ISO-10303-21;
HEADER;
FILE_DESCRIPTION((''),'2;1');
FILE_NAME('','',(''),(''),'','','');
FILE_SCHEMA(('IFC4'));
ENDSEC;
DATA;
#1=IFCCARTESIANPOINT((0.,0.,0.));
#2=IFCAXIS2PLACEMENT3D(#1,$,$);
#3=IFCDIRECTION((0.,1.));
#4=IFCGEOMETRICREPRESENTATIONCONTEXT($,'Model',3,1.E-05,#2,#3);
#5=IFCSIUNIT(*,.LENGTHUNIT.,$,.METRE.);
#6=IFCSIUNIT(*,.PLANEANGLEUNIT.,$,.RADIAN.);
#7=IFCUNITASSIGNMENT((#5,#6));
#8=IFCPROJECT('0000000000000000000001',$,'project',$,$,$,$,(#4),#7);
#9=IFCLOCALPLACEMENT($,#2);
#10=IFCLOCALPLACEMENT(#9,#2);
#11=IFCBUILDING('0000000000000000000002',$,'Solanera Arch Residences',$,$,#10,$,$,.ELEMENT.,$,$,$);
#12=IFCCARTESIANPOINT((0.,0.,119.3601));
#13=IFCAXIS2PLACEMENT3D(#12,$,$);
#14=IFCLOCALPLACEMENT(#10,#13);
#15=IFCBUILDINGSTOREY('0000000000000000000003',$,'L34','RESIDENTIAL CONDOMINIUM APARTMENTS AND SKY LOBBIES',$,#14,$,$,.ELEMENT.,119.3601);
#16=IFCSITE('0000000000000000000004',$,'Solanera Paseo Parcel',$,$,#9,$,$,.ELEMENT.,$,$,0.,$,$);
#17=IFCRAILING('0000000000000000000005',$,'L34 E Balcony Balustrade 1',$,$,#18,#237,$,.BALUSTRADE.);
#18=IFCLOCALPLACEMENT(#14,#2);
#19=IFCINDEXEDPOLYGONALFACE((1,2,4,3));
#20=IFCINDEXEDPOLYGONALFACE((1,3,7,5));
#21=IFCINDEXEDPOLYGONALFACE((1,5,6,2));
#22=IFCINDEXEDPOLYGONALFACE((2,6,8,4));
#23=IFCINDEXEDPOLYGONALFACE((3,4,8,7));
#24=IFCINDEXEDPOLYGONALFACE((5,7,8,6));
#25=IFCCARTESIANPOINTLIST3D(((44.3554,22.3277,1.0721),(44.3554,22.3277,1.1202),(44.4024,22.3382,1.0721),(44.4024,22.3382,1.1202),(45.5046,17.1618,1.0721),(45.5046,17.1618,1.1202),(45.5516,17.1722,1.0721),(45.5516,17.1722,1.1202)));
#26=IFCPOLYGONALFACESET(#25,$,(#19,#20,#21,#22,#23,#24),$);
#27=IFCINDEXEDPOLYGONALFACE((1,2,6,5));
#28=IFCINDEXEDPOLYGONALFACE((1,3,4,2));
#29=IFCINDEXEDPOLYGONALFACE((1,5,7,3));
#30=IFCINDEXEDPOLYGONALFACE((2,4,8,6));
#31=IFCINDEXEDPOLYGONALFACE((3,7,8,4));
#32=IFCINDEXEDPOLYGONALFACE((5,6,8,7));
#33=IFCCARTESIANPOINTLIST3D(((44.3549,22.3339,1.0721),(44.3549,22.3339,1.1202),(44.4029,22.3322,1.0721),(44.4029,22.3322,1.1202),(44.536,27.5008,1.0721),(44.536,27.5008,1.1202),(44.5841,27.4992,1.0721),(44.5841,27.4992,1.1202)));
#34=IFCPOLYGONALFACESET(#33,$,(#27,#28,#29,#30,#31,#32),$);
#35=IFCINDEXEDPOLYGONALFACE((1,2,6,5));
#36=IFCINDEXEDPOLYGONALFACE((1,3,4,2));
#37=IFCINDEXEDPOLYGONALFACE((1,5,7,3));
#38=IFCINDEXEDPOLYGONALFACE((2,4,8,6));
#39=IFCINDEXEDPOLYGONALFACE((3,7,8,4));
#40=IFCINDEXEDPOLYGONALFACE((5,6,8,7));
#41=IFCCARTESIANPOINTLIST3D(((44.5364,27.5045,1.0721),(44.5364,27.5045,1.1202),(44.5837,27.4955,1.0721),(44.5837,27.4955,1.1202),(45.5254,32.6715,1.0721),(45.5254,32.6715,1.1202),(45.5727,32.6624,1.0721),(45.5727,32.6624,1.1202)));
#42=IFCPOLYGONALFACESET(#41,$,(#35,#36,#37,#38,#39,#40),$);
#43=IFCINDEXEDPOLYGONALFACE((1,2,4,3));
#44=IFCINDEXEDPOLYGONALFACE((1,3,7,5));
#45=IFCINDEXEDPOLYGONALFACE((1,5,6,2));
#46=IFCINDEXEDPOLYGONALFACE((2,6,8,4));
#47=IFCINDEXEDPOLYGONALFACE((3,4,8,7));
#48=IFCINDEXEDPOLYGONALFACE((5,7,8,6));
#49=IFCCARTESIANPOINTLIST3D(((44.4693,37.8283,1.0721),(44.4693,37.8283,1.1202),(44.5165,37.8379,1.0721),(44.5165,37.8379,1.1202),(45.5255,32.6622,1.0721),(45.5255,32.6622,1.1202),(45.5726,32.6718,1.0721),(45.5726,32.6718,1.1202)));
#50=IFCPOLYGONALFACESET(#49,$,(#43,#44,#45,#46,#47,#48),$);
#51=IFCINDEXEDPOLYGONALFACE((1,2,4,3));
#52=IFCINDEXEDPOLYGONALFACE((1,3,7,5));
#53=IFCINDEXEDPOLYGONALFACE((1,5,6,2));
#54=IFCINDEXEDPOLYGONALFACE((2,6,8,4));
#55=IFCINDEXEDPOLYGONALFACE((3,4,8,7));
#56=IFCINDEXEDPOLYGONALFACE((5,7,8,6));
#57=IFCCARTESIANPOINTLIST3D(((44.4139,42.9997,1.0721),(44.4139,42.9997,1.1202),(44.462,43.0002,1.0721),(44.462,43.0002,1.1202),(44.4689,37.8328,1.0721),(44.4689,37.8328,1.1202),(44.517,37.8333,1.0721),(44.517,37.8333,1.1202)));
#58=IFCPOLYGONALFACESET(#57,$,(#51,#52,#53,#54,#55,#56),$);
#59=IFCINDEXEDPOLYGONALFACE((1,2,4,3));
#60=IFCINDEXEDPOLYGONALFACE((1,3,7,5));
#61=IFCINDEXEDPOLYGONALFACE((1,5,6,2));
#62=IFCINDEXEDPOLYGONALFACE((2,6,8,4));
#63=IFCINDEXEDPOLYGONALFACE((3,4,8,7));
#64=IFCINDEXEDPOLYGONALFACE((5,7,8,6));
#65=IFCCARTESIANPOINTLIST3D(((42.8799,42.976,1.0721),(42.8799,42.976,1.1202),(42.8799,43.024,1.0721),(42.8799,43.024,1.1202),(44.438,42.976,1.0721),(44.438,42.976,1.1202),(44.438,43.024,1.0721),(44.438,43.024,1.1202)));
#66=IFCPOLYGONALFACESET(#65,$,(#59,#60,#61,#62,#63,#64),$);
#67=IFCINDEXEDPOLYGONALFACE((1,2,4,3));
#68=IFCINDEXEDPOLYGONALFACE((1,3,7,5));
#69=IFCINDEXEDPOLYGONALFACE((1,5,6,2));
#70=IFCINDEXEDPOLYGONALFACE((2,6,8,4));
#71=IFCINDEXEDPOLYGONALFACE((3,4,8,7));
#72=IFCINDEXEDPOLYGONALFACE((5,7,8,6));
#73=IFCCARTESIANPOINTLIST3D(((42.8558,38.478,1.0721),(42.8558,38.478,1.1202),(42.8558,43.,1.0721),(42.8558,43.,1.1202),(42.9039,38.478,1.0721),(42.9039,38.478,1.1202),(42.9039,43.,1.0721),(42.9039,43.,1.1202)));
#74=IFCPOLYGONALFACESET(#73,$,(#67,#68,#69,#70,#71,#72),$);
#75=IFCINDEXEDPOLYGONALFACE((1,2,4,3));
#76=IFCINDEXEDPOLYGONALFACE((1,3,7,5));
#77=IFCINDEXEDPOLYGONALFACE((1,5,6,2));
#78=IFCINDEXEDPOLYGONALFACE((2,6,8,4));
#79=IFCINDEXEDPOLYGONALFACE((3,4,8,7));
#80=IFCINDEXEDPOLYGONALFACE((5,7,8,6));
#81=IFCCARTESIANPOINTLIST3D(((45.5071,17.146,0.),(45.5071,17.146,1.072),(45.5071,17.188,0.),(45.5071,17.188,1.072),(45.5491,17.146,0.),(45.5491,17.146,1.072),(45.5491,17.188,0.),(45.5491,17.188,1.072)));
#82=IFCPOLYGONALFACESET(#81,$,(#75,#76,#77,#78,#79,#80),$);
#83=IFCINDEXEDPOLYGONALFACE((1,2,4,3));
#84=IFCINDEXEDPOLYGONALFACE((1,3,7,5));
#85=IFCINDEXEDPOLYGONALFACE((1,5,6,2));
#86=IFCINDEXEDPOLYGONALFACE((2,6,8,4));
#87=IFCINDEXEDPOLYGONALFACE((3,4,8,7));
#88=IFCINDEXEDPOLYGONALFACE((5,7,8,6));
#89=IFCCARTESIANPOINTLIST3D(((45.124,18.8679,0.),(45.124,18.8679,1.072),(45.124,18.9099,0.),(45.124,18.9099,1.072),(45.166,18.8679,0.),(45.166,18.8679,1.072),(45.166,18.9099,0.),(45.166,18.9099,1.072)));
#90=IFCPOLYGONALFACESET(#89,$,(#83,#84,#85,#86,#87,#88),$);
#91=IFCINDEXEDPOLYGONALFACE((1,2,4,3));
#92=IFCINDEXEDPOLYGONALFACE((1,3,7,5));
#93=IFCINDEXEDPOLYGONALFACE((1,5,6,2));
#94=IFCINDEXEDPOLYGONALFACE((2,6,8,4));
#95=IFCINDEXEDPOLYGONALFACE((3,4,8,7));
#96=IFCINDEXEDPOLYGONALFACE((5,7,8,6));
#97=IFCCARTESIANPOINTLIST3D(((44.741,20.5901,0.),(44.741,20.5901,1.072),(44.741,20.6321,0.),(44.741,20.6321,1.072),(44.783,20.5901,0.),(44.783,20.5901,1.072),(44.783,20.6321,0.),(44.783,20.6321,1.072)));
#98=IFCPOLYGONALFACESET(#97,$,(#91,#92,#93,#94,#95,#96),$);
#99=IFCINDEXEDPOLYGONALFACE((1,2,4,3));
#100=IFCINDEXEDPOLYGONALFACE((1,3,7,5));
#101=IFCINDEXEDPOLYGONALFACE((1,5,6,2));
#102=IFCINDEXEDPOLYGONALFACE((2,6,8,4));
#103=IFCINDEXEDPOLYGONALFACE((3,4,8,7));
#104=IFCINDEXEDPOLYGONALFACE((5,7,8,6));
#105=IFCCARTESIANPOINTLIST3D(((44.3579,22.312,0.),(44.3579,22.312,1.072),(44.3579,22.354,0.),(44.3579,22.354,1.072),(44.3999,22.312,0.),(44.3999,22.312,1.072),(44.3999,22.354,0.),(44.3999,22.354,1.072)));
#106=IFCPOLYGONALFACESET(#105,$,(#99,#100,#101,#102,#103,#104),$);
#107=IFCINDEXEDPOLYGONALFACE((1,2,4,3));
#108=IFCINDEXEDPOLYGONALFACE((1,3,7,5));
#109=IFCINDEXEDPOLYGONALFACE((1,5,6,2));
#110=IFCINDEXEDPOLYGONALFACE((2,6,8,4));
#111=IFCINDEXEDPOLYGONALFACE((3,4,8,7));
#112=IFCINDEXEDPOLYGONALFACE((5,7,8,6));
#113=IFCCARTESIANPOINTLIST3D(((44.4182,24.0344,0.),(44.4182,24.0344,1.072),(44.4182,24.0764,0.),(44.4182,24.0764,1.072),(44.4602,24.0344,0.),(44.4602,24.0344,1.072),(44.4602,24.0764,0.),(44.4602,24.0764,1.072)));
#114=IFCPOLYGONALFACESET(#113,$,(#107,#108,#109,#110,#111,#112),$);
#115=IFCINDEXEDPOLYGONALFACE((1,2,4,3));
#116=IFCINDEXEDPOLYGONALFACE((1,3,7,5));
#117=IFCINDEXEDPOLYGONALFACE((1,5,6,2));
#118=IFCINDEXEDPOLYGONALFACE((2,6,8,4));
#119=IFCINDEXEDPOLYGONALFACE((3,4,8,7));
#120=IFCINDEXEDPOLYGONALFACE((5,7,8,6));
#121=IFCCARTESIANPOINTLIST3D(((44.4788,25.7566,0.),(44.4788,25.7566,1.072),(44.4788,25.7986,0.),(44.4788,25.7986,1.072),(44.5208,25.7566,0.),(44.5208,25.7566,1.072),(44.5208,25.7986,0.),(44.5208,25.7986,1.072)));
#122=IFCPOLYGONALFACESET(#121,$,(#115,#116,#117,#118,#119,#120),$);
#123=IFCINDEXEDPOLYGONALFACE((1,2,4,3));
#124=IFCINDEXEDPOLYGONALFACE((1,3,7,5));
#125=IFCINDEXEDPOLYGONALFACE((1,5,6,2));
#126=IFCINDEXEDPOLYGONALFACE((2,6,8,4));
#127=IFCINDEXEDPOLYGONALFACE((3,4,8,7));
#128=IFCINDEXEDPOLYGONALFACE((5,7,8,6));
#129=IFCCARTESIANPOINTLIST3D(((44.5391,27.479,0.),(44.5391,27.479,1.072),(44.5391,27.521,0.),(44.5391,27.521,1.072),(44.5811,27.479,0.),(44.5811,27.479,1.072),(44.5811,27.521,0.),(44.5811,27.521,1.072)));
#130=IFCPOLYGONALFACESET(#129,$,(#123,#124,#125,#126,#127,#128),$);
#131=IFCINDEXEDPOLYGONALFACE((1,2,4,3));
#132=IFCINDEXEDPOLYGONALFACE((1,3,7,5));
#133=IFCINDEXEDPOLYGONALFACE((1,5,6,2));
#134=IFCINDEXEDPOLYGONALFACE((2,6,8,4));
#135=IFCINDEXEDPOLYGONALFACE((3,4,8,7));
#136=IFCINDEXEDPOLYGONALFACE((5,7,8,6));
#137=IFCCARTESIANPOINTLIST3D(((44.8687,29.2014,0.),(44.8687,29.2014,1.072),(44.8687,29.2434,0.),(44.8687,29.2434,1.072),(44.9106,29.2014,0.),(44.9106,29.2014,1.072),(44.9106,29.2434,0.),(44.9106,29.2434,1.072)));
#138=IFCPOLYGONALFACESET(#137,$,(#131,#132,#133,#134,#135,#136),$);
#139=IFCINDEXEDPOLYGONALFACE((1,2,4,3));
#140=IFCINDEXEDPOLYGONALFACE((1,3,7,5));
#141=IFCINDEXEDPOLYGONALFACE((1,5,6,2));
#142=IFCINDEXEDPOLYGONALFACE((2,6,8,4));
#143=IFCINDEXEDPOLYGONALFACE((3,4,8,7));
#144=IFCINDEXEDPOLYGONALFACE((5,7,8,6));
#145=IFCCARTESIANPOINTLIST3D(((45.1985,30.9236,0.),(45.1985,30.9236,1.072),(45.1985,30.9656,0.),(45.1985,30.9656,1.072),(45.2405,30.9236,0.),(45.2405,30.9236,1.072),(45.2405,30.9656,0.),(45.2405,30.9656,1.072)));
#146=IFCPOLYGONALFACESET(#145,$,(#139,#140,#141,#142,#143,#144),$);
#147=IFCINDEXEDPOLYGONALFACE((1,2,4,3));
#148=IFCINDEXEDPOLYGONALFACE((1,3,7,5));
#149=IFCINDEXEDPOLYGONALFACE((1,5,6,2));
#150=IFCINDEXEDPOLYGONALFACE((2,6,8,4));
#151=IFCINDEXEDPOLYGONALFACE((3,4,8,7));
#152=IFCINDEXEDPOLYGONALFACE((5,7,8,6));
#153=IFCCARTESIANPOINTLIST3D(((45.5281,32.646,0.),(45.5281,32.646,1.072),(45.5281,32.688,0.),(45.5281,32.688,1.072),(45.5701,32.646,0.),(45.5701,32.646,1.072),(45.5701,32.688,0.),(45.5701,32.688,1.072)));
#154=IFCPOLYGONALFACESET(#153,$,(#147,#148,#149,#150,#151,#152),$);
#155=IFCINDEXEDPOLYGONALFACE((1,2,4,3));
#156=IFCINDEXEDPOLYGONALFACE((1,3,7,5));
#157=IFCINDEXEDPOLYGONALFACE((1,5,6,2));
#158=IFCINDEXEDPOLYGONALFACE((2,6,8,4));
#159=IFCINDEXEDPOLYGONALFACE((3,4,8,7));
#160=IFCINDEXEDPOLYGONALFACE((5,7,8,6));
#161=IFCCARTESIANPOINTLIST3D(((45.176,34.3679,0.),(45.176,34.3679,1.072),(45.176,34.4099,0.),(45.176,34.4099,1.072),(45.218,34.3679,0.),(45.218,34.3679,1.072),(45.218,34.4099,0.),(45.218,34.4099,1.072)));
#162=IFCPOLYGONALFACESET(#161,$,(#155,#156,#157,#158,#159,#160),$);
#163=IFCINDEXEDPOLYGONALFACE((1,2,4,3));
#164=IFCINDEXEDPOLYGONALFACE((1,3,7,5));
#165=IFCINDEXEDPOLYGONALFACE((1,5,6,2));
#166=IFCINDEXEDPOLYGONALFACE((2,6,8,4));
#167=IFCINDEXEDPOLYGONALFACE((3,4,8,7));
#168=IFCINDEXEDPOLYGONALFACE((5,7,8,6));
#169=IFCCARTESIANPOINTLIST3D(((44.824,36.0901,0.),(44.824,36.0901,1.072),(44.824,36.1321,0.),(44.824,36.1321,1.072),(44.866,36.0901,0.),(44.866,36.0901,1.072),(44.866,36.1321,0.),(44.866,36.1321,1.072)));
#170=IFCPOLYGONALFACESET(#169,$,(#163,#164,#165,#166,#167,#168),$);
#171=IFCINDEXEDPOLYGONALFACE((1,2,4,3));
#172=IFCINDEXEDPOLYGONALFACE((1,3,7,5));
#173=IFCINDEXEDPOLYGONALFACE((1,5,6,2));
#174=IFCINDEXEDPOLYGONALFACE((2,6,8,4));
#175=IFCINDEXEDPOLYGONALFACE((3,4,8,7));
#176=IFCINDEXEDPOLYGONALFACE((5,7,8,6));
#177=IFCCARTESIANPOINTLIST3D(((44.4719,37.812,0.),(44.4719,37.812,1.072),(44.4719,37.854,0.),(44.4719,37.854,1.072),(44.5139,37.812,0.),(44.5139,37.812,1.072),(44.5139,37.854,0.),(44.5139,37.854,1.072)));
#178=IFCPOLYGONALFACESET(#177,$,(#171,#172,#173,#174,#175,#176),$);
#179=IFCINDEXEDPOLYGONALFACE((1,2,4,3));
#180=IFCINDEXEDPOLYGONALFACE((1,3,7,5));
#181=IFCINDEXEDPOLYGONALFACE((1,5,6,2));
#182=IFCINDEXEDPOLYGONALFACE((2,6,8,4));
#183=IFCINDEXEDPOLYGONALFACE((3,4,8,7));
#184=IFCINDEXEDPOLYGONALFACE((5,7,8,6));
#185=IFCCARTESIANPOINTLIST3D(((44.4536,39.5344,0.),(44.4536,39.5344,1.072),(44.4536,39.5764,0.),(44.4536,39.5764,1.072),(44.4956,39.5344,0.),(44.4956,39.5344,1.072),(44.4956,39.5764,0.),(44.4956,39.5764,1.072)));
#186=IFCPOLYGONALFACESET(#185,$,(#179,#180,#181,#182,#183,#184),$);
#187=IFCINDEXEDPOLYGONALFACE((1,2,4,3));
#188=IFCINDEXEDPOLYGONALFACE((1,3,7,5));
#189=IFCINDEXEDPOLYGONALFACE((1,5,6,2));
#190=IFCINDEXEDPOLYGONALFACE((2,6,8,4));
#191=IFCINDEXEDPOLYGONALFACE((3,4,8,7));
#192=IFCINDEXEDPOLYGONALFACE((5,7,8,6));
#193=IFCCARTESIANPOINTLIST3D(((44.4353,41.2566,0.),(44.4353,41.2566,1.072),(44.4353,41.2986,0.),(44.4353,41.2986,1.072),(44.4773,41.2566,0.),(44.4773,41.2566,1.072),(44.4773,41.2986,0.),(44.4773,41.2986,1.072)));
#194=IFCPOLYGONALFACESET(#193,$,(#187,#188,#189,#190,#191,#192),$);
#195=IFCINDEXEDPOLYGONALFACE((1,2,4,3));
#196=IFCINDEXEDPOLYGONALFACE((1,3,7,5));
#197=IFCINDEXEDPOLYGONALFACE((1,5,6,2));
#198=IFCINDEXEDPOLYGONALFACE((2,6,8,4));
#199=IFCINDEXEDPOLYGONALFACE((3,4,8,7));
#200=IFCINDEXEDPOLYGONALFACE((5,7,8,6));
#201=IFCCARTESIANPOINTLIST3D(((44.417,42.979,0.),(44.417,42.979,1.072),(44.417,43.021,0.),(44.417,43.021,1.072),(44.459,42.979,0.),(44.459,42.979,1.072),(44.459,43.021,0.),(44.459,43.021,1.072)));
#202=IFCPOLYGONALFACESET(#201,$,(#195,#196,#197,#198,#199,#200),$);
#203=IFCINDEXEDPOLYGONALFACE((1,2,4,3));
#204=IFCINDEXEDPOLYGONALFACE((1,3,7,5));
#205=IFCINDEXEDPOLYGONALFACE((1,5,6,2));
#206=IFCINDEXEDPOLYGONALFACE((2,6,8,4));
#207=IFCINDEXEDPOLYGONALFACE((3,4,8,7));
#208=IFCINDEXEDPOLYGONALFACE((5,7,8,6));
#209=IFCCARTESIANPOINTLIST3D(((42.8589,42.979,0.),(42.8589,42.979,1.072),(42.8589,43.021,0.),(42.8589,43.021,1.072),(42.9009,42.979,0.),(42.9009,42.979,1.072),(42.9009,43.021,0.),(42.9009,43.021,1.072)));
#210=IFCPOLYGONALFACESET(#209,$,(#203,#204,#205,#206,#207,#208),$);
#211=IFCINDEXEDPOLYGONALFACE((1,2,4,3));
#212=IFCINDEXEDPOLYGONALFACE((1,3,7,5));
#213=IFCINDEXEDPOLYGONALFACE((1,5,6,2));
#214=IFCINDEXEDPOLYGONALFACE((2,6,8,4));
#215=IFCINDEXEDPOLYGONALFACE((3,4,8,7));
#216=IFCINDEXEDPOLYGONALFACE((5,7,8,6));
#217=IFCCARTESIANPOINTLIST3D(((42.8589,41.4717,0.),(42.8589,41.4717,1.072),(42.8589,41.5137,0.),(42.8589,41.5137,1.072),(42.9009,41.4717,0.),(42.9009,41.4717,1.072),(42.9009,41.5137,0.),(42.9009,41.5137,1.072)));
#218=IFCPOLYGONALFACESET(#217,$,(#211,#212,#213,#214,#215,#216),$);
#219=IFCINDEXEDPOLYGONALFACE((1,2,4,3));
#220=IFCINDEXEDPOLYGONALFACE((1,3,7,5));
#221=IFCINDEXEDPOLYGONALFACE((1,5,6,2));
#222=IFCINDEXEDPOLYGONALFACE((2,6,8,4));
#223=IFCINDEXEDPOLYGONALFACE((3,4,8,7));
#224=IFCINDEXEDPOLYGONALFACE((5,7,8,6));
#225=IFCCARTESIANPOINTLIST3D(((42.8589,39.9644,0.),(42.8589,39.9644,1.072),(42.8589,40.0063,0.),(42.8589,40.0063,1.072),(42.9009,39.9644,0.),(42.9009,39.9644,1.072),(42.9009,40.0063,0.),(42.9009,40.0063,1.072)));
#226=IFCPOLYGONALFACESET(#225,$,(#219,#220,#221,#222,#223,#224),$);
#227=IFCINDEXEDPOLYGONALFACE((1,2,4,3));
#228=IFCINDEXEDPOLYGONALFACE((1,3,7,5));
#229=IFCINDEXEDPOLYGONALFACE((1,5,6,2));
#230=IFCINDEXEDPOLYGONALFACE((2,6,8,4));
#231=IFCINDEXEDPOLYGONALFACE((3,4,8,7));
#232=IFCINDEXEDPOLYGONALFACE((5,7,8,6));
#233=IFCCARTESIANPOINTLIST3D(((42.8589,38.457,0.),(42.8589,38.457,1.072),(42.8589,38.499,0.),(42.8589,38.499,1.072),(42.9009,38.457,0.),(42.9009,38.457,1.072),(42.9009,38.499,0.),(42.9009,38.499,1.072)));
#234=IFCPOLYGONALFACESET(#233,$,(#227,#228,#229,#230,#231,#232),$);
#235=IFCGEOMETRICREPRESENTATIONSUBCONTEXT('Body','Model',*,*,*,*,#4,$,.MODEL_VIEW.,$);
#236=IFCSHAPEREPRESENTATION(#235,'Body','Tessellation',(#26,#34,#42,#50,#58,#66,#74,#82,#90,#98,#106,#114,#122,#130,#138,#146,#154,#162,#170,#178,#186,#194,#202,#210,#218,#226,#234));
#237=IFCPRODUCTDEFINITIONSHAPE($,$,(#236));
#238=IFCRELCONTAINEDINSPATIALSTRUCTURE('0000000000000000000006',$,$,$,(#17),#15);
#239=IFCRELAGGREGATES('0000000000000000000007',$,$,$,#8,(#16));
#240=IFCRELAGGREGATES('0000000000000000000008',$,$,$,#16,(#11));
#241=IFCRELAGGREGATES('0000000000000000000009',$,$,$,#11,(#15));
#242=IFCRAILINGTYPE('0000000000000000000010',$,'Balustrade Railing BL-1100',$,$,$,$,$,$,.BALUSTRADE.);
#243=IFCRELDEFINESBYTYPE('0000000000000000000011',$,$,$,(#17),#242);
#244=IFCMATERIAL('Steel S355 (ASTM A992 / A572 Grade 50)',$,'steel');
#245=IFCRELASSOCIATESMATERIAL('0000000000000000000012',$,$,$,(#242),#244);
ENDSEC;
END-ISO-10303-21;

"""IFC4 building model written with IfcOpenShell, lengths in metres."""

from ifc_helpers import new_model, si_unit, direction, frame, origin, origin_2d, place, context, subcontext, project, spatial, rectangle, extrude, material, type_object, element, save


model = new_model("IFC4")

# Units and contexts
model_context = context("Model", 3, precision=1e-05, world=origin(), true_north=direction((0.0, 1.0)))
body_context = subcontext(model_context, "Body", "Model", "MODEL_VIEW")
ifc_project = project(units=[si_unit("LENGTHUNIT", "METRE"), si_unit("PLANEANGLEUNIT", "RADIAN")], contexts=[model_context])

# Site, building, storey
site_placement = place(None, origin())
site = spatial("IfcSite", under=ifc_project, at=site_placement, Name="Solanera Paseo Parcel", CompositionType="ELEMENT", RefElevation=0.0)
building_placement = place(site_placement, origin())
building = spatial("IfcBuilding", under=site, at=building_placement, Name="Solanera Arch Residences", CompositionType="ELEMENT")
storey_placement = place(building_placement, frame((0.0, 0.0, 119.3601)))
storey = spatial("IfcBuildingStorey", under=building, at=storey_placement, Name="L34", Description="RESIDENTIAL CONDOMINIUM APARTMENTS AND SKY LOBBIES", CompositionType="ELEMENT", Elevation=119.3601)

# Railing
ifc_material_1 = material(Name="Steel S355 (ASTM A992 / A572 Grade 50)", Category="steel")
railing_type = type_object("IfcRailingType", Name="Balustrade Railing BL-1100", PredefinedType="BALUSTRADE", material=ifc_material_1)
railing_1_placement = place(storey_placement, frame((45.5281, 17.167, 0.0)))
element("IfcRailing", 1, at=railing_1_placement, inside=storey, type_object=railing_type, Name="L34 E Balcony Balustrade 1", PredefinedType="BALUSTRADE", context=body_context, shape_type="SweptSolid", body=[
    extrude(rectangle(XDim=0.0481, YDim=0.0481, at=origin_2d()), frame((0.0, 0.0, 1.0962), z_axis=(-0.21714, 0.97614, 0.0), x_axis=(-0.97614, -0.21714, 0.0)), (0.0, 0.0, 1.0), 5.2922),
    extrude(rectangle(XDim=0.0481, YDim=0.0481, at=origin_2d()), frame((-1.1492, 5.166, 1.0962), z_axis=(0.035038, 0.999386, 0.0), x_axis=(-0.999386, 0.035038, 0.0)), (0.0, 0.0, 1.0), 5.1702),
    extrude(rectangle(XDim=0.0481, YDim=0.0481, at=origin_2d()), frame((-0.968, 10.333, 1.0962), z_axis=(0.187997, 0.98217, 0.0), x_axis=(-0.98217, 0.187997, 0.0)), (0.0, 0.0, 1.0), 5.2607),
    extrude(rectangle(XDim=0.0481, YDim=0.0481, at=origin_2d()), frame((0.021, 15.5, 1.0962), z_axis=(-0.200299, 0.979735, 0.0), x_axis=(-0.979735, -0.200299, 0.0)), (0.0, 0.0, 1.0), 5.2729),
    extrude(rectangle(XDim=0.0481, YDim=0.0481, at=origin_2d()), frame((-1.0352, 20.666, 1.0962), z_axis=(-0.010631, 0.999943, 0.0), x_axis=(-0.999943, -0.010631, 0.0)), (0.0, 0.0, 1.0), 5.1672),
    extrude(rectangle(XDim=0.0481, YDim=0.0481, at=origin_2d()), frame((-1.0901, 25.833, 1.0962), z_axis=(-1.0, 0.0, 0.0), x_axis=(0.0, -1.0, 0.0)), (0.0, 0.0, 1.0), 1.5581),
    extrude(rectangle(XDim=0.0481, YDim=0.0481, at=origin_2d()), frame((-2.6482, 25.833, 1.0962), z_axis=(0.0, -1.0, 0.0), x_axis=(1.0, 0.0, 0.0)), (0.0, 0.0, 1.0), 4.522),
    extrude(rectangle(XDim=0.042, YDim=0.042, at=origin_2d()), origin(), (0.0, 0.0, 1.0), 1.072),
    extrude(rectangle(XDim=0.042, YDim=0.042, at=origin_2d()), frame((-0.3831, 1.7219, 0.0)), (0.0, 0.0, 1.0), 1.072),
    extrude(rectangle(XDim=0.042, YDim=0.042, at=origin_2d()), frame((-0.7661, 3.4441, 0.0)), (0.0, 0.0, 1.0), 1.072),
    extrude(rectangle(XDim=0.042, YDim=0.042, at=origin_2d()), frame((-1.1492, 5.166, 0.0)), (0.0, 0.0, 1.0), 1.072),
    extrude(rectangle(XDim=0.042, YDim=0.042, at=origin_2d()), frame((-1.0889, 6.8884, 0.0)), (0.0, 0.0, 1.0), 1.072),
    extrude(rectangle(XDim=0.042, YDim=0.042, at=origin_2d()), frame((-1.0283, 8.6106, 0.0)), (0.0, 0.0, 1.0), 1.072),
    extrude(rectangle(XDim=0.042, YDim=0.042, at=origin_2d()), frame((-0.968, 10.333, 0.0)), (0.0, 0.0, 1.0), 1.072),
    extrude(rectangle(XDim=0.042, YDim=0.042, at=origin_2d()), frame((-0.6384, 12.0554, 0.0)), (0.0, 0.0, 1.0), 1.072),
    extrude(rectangle(XDim=0.042, YDim=0.042, at=origin_2d()), frame((-0.3086, 13.7776, 0.0)), (0.0, 0.0, 1.0), 1.072),
    extrude(rectangle(XDim=0.042, YDim=0.042, at=origin_2d()), frame((0.021, 15.5, 0.0)), (0.0, 0.0, 1.0), 1.072),
    extrude(rectangle(XDim=0.042, YDim=0.042, at=origin_2d()), frame((-0.3311, 17.2219, 0.0)), (0.0, 0.0, 1.0), 1.072),
    extrude(rectangle(XDim=0.042, YDim=0.042, at=origin_2d()), frame((-0.6831, 18.9441, 0.0)), (0.0, 0.0, 1.0), 1.072),
    extrude(rectangle(XDim=0.042, YDim=0.042, at=origin_2d()), frame((-1.0352, 20.666, 0.0)), (0.0, 0.0, 1.0), 1.072),
    extrude(rectangle(XDim=0.042, YDim=0.042, at=origin_2d()), frame((-1.0535, 22.3884, 0.0)), (0.0, 0.0, 1.0), 1.072),
    extrude(rectangle(XDim=0.042, YDim=0.042, at=origin_2d()), frame((-1.0718, 24.1106, 0.0)), (0.0, 0.0, 1.0), 1.072),
    extrude(rectangle(XDim=0.042, YDim=0.042, at=origin_2d()), frame((-1.0901, 25.833, 0.0)), (0.0, 0.0, 1.0), 1.072),
    extrude(rectangle(XDim=0.042, YDim=0.042, at=origin_2d()), frame((-2.6482, 25.833, 0.0)), (0.0, 0.0, 1.0), 1.072),
    extrude(rectangle(XDim=0.042, YDim=0.042, at=origin_2d()), frame((-2.6482, 24.3257, 0.0)), (0.0, 0.0, 1.0), 1.072),
    extrude(rectangle(XDim=0.042, YDim=0.042, at=origin_2d()), frame((-2.6482, 22.8184, 0.0)), (0.0, 0.0, 1.0), 1.072),
    extrude(rectangle(XDim=0.042, YDim=0.042, at=origin_2d()), frame((-2.6482, 21.311, 0.0)), (0.0, 0.0, 1.0), 1.072),
])

save(model, "model.ifc")
